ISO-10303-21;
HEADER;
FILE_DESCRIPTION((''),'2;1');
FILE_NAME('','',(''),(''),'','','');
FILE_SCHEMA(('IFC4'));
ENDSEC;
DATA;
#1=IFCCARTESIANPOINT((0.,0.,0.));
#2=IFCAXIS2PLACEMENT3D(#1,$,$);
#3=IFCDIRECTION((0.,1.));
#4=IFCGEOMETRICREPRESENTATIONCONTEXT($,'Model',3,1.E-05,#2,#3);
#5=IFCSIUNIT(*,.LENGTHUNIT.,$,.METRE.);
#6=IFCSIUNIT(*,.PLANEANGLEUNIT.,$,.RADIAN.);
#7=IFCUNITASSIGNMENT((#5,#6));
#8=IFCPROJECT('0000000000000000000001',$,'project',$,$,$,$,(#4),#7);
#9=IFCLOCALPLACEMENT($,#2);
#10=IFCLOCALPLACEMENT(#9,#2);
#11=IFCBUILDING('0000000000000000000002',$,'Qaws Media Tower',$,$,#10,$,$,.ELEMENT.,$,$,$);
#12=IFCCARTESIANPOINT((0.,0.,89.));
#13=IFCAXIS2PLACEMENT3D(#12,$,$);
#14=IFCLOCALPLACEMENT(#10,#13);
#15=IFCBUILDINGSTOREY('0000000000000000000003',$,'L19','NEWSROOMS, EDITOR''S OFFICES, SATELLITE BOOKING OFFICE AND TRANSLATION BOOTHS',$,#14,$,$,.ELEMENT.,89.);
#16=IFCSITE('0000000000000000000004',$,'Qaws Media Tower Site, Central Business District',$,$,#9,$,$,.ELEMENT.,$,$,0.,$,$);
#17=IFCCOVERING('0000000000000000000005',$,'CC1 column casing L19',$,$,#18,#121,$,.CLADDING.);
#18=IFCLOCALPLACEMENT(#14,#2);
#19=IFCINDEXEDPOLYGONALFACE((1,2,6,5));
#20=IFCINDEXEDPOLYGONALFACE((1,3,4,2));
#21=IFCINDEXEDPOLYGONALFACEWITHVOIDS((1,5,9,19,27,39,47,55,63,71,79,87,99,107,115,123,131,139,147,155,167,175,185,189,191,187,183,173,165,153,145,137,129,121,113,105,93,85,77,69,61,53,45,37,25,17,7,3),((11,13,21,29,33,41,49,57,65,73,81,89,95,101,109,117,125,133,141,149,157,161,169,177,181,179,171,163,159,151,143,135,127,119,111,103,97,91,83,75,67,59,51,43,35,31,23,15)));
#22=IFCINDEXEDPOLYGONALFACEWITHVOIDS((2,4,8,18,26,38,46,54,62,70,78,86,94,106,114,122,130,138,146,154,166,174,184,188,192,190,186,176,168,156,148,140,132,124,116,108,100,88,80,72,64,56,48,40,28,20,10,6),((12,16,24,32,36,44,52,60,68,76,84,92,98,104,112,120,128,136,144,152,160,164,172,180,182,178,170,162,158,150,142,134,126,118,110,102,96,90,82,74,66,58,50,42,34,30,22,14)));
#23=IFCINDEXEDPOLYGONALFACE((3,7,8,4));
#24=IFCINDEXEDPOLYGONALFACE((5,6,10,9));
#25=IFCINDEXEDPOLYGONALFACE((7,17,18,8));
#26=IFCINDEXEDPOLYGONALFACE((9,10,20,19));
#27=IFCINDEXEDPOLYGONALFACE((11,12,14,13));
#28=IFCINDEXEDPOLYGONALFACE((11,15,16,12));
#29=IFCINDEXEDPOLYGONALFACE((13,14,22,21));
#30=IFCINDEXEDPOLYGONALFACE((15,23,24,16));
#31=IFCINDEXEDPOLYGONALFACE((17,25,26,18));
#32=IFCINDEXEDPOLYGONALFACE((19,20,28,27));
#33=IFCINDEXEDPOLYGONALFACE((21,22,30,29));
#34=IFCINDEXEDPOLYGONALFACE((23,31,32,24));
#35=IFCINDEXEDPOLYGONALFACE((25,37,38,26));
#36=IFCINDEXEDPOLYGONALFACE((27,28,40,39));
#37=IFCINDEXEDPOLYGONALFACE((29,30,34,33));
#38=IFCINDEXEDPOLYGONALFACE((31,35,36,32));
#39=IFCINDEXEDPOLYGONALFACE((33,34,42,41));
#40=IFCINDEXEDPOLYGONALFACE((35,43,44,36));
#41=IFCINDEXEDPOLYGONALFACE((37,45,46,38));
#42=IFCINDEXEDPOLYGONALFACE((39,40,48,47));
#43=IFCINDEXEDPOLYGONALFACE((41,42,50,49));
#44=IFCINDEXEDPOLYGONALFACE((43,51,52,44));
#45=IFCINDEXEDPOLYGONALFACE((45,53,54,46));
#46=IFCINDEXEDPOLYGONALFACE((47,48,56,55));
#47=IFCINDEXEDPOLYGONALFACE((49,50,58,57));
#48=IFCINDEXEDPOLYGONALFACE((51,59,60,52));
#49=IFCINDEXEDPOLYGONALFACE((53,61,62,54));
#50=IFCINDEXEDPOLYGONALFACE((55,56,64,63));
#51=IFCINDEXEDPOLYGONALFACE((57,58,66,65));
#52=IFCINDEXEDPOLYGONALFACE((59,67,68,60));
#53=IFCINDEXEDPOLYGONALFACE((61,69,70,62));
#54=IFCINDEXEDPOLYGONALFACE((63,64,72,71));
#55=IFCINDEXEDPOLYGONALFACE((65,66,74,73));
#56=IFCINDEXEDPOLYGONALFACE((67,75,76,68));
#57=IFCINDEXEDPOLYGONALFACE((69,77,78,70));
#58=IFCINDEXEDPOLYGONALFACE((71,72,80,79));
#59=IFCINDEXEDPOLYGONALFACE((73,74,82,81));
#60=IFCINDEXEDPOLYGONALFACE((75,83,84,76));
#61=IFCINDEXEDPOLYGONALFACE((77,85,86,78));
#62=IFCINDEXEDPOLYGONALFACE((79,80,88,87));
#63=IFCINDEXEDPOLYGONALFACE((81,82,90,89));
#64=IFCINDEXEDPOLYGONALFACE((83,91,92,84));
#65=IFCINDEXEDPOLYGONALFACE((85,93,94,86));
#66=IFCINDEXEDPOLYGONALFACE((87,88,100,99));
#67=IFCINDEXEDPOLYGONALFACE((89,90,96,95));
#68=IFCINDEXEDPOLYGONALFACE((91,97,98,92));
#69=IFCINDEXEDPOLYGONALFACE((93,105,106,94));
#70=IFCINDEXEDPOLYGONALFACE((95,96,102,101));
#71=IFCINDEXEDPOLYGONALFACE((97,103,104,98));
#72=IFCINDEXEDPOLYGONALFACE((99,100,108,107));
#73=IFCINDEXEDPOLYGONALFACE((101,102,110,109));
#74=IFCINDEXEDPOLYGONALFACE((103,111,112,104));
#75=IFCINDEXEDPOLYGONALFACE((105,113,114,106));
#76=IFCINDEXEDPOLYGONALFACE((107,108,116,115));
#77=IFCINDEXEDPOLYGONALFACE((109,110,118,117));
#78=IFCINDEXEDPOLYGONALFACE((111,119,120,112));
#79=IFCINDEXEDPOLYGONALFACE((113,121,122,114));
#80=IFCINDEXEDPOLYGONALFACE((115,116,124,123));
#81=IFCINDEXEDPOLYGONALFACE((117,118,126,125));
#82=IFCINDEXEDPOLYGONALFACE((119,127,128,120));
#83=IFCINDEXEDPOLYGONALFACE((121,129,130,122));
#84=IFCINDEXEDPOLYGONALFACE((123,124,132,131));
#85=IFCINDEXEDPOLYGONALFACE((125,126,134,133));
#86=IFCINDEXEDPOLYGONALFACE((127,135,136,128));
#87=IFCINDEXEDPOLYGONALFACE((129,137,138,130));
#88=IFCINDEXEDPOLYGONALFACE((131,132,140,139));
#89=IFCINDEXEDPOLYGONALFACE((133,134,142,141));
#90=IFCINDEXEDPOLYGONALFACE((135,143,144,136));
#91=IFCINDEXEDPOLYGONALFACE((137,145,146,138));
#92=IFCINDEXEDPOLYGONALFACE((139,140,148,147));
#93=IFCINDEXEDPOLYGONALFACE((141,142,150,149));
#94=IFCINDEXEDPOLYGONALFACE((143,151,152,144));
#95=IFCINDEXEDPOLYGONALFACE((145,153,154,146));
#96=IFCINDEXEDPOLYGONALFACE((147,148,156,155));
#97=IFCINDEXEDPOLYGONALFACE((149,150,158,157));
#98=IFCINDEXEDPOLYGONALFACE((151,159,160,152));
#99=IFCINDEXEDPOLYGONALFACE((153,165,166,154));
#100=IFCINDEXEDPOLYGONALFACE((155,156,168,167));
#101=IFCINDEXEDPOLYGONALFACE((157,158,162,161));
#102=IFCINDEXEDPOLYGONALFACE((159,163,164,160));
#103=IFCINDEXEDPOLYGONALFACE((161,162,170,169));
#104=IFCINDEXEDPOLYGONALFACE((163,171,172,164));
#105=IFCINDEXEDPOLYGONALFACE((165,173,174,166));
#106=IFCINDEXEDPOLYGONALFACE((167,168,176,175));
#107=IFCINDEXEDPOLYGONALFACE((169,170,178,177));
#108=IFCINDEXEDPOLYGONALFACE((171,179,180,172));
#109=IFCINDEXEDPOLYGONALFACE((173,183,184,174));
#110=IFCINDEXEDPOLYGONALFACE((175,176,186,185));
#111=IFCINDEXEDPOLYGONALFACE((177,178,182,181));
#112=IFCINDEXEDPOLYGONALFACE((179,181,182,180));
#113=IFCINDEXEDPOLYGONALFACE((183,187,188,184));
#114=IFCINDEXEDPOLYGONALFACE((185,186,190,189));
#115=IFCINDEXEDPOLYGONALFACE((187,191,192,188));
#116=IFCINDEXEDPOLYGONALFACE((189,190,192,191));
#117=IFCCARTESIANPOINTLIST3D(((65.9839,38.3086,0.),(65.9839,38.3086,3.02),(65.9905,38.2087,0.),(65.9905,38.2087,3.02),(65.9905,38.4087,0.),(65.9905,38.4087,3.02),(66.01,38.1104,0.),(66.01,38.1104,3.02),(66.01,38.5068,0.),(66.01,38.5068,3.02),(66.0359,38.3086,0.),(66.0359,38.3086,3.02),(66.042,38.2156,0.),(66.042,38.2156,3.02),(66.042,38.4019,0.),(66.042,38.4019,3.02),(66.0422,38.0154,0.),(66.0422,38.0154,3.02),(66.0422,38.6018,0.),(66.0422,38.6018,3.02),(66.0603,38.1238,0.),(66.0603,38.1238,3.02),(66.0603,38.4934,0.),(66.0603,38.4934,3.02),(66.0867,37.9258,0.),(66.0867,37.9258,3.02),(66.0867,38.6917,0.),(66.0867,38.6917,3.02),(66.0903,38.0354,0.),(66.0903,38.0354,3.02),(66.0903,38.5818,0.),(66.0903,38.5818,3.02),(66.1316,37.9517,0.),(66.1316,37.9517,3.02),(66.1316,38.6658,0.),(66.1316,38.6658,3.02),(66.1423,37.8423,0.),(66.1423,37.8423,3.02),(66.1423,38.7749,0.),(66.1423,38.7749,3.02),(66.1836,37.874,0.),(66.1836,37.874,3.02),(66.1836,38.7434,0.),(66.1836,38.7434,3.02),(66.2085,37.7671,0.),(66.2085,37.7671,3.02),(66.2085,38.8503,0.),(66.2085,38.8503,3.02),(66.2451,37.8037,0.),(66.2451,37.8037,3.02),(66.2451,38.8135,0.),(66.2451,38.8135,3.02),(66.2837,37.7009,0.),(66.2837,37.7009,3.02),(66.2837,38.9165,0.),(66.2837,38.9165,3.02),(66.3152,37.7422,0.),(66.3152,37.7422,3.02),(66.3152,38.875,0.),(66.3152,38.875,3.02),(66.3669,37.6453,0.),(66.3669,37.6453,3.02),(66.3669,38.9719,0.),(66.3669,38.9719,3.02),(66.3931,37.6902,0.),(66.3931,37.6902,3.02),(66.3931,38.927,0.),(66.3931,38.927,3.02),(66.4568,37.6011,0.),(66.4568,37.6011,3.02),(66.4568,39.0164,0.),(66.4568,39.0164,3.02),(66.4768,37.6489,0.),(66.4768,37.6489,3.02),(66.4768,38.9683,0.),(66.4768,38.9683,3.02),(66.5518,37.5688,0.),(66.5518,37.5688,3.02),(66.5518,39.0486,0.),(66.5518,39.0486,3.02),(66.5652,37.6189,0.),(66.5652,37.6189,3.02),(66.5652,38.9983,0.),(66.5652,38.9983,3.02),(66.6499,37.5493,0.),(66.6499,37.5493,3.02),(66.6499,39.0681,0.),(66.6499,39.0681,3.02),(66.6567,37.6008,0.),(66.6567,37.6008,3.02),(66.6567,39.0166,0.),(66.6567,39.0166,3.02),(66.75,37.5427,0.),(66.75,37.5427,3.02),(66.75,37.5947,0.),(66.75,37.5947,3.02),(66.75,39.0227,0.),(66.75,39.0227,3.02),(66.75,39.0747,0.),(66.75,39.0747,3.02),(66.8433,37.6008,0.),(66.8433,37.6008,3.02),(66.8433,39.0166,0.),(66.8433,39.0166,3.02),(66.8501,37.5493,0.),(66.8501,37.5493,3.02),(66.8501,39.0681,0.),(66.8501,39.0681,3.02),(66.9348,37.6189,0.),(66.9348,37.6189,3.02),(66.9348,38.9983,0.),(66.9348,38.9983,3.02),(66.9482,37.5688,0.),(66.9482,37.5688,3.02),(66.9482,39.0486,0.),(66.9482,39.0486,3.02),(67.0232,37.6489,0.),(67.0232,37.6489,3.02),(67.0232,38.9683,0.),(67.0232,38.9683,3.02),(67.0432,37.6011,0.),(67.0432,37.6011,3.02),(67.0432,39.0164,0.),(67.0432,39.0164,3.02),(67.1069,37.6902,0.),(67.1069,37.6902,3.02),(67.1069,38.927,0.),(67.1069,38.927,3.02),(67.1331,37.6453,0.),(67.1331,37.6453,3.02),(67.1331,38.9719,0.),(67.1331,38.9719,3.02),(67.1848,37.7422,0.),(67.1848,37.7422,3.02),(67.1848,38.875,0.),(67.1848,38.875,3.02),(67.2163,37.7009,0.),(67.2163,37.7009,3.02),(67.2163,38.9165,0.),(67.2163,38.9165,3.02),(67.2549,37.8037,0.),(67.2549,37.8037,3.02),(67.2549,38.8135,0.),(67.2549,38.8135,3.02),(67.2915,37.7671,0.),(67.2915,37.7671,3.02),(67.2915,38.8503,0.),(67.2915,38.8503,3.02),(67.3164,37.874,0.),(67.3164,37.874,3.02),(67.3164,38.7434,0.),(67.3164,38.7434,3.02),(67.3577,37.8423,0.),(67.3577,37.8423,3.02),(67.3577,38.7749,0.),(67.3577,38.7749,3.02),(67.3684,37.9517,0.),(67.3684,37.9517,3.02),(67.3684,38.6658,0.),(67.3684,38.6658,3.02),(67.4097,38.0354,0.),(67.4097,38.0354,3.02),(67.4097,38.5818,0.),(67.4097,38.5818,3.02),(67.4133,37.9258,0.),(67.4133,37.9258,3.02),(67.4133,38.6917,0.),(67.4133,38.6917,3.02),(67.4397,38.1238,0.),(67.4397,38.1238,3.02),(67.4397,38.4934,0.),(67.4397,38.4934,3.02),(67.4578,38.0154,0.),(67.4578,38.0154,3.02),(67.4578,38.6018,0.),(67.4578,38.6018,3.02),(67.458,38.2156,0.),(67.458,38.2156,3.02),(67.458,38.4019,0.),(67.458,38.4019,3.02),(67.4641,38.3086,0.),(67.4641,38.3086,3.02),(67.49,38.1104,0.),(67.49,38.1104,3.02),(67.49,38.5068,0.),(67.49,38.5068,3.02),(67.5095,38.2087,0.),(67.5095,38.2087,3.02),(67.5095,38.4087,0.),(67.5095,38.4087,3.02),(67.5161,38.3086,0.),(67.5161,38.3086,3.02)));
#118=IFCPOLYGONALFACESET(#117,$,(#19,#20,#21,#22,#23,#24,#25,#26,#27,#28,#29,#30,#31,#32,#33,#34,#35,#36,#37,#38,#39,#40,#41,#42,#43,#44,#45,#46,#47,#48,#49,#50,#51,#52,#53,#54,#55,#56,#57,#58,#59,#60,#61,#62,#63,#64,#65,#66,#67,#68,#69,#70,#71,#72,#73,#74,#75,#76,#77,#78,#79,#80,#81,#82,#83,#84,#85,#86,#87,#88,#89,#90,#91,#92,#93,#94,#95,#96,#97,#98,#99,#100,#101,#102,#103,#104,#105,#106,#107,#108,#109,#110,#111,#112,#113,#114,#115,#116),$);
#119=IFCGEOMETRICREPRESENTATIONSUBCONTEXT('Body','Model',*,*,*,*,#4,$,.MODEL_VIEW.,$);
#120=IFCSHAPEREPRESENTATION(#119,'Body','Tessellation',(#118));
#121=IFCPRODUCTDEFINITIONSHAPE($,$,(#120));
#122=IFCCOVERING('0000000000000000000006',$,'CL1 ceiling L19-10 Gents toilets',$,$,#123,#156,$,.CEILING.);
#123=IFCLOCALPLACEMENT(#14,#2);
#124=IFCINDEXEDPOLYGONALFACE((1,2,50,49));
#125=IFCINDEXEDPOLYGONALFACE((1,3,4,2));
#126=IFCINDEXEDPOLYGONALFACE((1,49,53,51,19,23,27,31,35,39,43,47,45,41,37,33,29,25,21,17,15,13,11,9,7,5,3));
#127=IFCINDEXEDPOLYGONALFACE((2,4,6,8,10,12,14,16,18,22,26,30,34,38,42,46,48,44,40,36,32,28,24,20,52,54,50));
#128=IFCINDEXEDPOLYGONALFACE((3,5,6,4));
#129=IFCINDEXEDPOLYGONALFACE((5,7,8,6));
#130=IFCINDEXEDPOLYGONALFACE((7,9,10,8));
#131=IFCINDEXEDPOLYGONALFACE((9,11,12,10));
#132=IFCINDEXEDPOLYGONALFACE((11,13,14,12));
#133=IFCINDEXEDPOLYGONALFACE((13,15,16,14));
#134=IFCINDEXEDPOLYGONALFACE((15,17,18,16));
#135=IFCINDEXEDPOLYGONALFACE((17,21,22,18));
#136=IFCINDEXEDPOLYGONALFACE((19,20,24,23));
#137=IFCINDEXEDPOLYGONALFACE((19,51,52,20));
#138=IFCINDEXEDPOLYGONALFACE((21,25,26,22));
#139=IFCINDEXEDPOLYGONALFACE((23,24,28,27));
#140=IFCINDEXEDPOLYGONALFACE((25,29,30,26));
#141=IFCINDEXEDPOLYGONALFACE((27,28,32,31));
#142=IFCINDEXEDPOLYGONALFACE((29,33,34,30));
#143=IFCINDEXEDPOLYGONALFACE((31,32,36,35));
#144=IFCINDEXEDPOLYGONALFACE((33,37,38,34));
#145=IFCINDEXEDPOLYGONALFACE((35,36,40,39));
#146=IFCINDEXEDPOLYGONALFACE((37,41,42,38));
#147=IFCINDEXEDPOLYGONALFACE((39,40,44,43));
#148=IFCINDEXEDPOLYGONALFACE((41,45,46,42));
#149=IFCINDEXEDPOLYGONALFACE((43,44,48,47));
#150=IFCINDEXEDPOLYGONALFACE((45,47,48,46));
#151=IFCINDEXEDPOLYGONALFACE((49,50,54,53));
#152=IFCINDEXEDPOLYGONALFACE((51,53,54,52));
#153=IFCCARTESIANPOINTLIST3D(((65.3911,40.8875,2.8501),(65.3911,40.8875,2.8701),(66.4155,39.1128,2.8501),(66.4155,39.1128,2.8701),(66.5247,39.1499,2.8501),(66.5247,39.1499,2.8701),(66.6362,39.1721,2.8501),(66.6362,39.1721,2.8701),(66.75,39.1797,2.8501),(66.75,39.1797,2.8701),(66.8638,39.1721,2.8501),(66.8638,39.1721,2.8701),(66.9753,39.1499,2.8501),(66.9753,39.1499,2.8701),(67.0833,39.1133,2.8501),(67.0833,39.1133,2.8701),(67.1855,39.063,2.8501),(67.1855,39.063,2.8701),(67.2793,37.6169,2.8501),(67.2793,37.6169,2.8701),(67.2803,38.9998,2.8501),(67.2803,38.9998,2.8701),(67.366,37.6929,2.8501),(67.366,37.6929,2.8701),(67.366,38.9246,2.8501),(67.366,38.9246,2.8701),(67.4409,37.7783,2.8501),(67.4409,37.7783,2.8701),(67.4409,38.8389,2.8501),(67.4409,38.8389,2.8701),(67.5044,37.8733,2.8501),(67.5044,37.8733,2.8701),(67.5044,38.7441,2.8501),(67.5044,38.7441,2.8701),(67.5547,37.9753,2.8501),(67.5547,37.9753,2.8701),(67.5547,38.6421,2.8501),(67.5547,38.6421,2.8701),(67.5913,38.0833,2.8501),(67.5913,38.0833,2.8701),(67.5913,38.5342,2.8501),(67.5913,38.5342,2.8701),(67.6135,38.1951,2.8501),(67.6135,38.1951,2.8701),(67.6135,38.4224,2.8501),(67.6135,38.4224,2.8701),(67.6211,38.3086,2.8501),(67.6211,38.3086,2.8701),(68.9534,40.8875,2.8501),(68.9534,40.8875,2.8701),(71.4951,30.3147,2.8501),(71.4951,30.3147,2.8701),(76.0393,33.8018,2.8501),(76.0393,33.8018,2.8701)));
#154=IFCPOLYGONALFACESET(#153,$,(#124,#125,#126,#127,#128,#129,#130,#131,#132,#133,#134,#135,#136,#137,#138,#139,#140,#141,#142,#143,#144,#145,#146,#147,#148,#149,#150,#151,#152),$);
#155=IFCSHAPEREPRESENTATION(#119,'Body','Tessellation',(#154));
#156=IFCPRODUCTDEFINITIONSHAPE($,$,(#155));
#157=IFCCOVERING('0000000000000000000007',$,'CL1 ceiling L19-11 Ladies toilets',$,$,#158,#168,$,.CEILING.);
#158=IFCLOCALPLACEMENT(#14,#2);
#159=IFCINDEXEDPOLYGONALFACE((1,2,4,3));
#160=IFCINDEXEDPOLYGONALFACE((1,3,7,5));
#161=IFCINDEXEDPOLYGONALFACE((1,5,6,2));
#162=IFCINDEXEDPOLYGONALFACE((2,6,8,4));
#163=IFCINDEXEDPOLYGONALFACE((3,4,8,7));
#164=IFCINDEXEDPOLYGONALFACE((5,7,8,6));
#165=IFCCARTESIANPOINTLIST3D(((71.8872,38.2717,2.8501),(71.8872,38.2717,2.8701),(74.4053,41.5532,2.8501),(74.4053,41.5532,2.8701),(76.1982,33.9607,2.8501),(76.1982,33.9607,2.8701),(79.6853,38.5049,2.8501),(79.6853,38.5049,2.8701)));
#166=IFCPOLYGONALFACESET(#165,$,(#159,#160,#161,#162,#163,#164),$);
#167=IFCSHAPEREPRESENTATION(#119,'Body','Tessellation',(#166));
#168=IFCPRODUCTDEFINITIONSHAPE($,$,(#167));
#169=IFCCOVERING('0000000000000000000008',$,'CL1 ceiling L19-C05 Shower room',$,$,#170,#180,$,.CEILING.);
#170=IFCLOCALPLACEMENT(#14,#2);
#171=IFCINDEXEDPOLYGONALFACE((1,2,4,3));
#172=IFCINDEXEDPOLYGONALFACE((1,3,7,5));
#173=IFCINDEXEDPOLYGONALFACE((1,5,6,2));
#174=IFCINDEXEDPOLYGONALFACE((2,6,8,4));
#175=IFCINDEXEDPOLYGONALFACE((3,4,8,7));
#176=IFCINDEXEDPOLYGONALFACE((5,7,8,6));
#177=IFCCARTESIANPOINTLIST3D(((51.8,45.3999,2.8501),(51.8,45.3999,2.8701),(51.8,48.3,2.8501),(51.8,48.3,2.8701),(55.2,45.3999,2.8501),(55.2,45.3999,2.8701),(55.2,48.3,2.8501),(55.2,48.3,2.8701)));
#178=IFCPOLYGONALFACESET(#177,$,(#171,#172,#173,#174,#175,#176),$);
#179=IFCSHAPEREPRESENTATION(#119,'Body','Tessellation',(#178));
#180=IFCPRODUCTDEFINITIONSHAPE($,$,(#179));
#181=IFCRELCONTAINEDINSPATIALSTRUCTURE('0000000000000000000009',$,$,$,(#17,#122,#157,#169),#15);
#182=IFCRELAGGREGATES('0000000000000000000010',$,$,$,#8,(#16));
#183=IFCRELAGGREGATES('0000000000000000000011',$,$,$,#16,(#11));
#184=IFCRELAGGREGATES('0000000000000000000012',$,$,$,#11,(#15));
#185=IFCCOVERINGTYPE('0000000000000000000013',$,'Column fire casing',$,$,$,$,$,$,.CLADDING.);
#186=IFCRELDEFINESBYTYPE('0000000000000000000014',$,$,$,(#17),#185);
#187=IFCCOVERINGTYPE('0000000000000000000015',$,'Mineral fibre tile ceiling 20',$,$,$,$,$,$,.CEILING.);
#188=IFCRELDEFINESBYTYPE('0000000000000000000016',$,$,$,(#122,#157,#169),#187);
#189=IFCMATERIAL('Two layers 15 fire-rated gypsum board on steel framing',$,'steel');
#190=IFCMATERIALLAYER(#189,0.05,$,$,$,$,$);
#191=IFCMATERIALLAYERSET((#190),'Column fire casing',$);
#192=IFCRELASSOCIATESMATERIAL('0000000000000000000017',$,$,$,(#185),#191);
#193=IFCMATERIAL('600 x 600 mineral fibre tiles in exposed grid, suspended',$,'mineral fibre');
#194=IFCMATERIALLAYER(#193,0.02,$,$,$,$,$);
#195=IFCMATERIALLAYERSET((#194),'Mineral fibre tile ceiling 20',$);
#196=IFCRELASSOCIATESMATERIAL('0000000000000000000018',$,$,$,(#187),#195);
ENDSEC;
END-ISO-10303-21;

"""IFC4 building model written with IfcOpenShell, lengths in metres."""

from ifc_helpers import new_model, si_unit, direction, frame, origin, place, context, subcontext, project, spatial, polyline, outline, extrude, material, layer, layer_set, type_object, element, save


model = new_model("IFC4")

# Units and contexts
model_context = context("Model", 3, precision=1e-05, world=origin(), true_north=direction((0.0, 1.0)))
body_context = subcontext(model_context, "Body", "Model", "MODEL_VIEW")
ifc_project = project(units=[si_unit("LENGTHUNIT", "METRE"), si_unit("PLANEANGLEUNIT", "RADIAN")], contexts=[model_context])

# Site, building, storey
site_placement = place(None, origin())
site = spatial("IfcSite", under=ifc_project, at=site_placement, Name="Qaws Media Tower Site, Central Business District", CompositionType="ELEMENT", RefElevation=0.0)
building_placement = place(site_placement, origin())
building = spatial("IfcBuilding", under=site, at=building_placement, Name="Qaws Media Tower", CompositionType="ELEMENT")
storey_placement = place(building_placement, frame((0.0, 0.0, 89.0)))
storey = spatial("IfcBuildingStorey", under=building, at=storey_placement, Name="L19", Description="NEWSROOMS, EDITOR'S OFFICES, SATELLITE BOOKING OFFICE AND TRANSLATION BOOTHS", CompositionType="ELEMENT", Elevation=89.0)

# Coverings
ifc_material_1 = material(Name="Two layers 15 fire-rated gypsum board on steel framing", Category="steel")
ifc_layer_1 = layer(ifc_material_1, 0.05)
ifc_layer_set_1 = layer_set([ifc_layer_1], Name="Column fire casing")
covering_type_1 = type_object("IfcCoveringType", Name="Column fire casing", PredefinedType="CLADDING", material=ifc_layer_set_1)
covering_1_placement = place(storey_placement, origin())
element("IfcCovering", 1, at=covering_1_placement, inside=storey, type_object=covering_type_1, Name="CC1 column casing L19", PredefinedType="CLADDING", context=body_context, shape_type="SweptSolid", body=[
    extrude(outline(polyline([(67.5161, 38.3086), (67.5095, 38.2087), (67.49, 38.1104), (67.4578, 38.0154), (67.4133, 37.9258), (67.3577, 37.8423), (67.2915, 37.7671), (67.2163, 37.7009), (67.1331, 37.6453), (67.0432, 37.6011), (66.9482, 37.5688), (66.8501, 37.5493), (66.75, 37.5427), (66.6499, 37.5493), (66.5518, 37.5688), (66.4568, 37.6011), (66.3669, 37.6453), (66.2837, 37.7009), (66.2085, 37.7671), (66.1423, 37.8423), (66.0867, 37.9258), (66.0422, 38.0154), (66.01, 38.1104), (65.9905, 38.2087), (65.9839, 38.3086), (65.9905, 38.4087), (66.01, 38.5068), (66.0422, 38.6018), (66.0867, 38.6917), (66.1423, 38.7749), (66.2085, 38.8503), (66.2837, 38.9165), (66.3669, 38.9719), (66.4568, 39.0164), (66.5518, 39.0486), (66.6499, 39.0681), (66.75, 39.0747), (66.8501, 39.0681), (66.9482, 39.0486), (67.0432, 39.0164), (67.1331, 38.9719), (67.2163, 38.9165), (67.2915, 38.8503), (67.3577, 38.7749), (67.4133, 38.6917), (67.4578, 38.6018), (67.49, 38.5068), (67.5095, 38.4087), (67.5161, 38.3086)]), holes=[polyline([(67.4641, 38.3086), (67.458, 38.2156), (67.4397, 38.1238), (67.4097, 38.0354), (67.3684, 37.9517), (67.3164, 37.874), (67.2549, 37.8037), (67.1848, 37.7422), (67.1069, 37.6902), (67.0232, 37.6489), (66.9348, 37.6189), (66.8433, 37.6008), (66.75, 37.5947), (66.6567, 37.6008), (66.5652, 37.6189), (66.4768, 37.6489), (66.3931, 37.6902), (66.3152, 37.7422), (66.2451, 37.8037), (66.1836, 37.874), (66.1316, 37.9517), (66.0903, 38.0354), (66.0603, 38.1238), (66.042, 38.2156), (66.0359, 38.3086), (66.042, 38.4019), (66.0603, 38.4934), (66.0903, 38.5818), (66.1316, 38.6658), (66.1836, 38.7434), (66.2451, 38.8135), (66.3152, 38.875), (66.3931, 38.927), (66.4768, 38.9683), (66.5652, 38.9983), (66.6567, 39.0166), (66.75, 39.0227), (66.8433, 39.0166), (66.9348, 38.9983), (67.0232, 38.9683), (67.1069, 38.927), (67.1848, 38.875), (67.2549, 38.8135), (67.3164, 38.7434), (67.3684, 38.6658), (67.4097, 38.5818), (67.4397, 38.4934), (67.458, 38.4019), (67.4641, 38.3086)])]), origin(), (0.0, 0.0, 1.0), 3.02),
])
ifc_material_2 = material(Name="600 x 600 mineral fibre tiles in exposed grid, suspended", Category="mineral fibre")
ifc_layer_2 = layer(ifc_material_2, 0.02)
ifc_layer_set_2 = layer_set([ifc_layer_2], Name="Mineral fibre tile ceiling 20")
covering_type_2 = type_object("IfcCoveringType", Name="Mineral fibre tile ceiling 20", PredefinedType="CEILING", material=ifc_layer_set_2)
covering_2_placement = place(storey_placement, frame((0.0, 0.0, 2.8501)))
element("IfcCovering", 2, at=covering_2_placement, inside=storey, type_object=covering_type_2, Name="CL1 ceiling L19-10 Gents toilets", PredefinedType="CEILING", context=body_context, shape_type="SweptSolid", body=[
    extrude(outline(polyline([(71.4951, 30.3147), (67.2793, 37.6169), (67.366, 37.6929), (67.4409, 37.7783), (67.5044, 37.8733), (67.5547, 37.9753), (67.5913, 38.0833), (67.6135, 38.1951), (67.6211, 38.3086), (67.6135, 38.4224), (67.5913, 38.5342), (67.5547, 38.6421), (67.5044, 38.7441), (67.4409, 38.8389), (67.366, 38.9246), (67.2803, 38.9998), (67.1855, 39.063), (67.0833, 39.1133), (66.9753, 39.1499), (66.8638, 39.1721), (66.75, 39.1797), (66.6362, 39.1721), (66.5247, 39.1499), (66.4155, 39.1128), (65.3911, 40.8875), (68.9534, 40.8875), (76.0393, 33.8018), (71.4951, 30.3147)])), origin(), (0.0, 0.0, 1.0), 0.02),
])
covering_3_placement = place(storey_placement, frame((0.0, 0.0, 2.8501)))
element("IfcCovering", 3, at=covering_3_placement, inside=storey, type_object=covering_type_2, Name="CL1 ceiling L19-11 Ladies toilets", PredefinedType="CEILING", context=body_context, shape_type="SweptSolid", body=[
    extrude(outline(polyline([(74.4053, 41.5532), (79.6853, 38.5049), (76.1982, 33.9607), (71.8872, 38.2717), (74.4053, 41.5532)])), origin(), (0.0, 0.0, 1.0), 0.02),
])
covering_4_placement = place(storey_placement, frame((0.0, 0.0, 2.8501)))
element("IfcCovering", 4, at=covering_4_placement, inside=storey, type_object=covering_type_2, Name="CL1 ceiling L19-C05 Shower room", PredefinedType="CEILING", context=body_context, shape_type="SweptSolid", body=[
    extrude(outline(polyline([(51.8, 45.3999), (51.8, 48.3), (55.2, 48.3), (55.2, 45.3999), (51.8, 45.3999)])), origin(), (0.0, 0.0, 1.0), 0.02),
])

save(model, "model.ifc")
